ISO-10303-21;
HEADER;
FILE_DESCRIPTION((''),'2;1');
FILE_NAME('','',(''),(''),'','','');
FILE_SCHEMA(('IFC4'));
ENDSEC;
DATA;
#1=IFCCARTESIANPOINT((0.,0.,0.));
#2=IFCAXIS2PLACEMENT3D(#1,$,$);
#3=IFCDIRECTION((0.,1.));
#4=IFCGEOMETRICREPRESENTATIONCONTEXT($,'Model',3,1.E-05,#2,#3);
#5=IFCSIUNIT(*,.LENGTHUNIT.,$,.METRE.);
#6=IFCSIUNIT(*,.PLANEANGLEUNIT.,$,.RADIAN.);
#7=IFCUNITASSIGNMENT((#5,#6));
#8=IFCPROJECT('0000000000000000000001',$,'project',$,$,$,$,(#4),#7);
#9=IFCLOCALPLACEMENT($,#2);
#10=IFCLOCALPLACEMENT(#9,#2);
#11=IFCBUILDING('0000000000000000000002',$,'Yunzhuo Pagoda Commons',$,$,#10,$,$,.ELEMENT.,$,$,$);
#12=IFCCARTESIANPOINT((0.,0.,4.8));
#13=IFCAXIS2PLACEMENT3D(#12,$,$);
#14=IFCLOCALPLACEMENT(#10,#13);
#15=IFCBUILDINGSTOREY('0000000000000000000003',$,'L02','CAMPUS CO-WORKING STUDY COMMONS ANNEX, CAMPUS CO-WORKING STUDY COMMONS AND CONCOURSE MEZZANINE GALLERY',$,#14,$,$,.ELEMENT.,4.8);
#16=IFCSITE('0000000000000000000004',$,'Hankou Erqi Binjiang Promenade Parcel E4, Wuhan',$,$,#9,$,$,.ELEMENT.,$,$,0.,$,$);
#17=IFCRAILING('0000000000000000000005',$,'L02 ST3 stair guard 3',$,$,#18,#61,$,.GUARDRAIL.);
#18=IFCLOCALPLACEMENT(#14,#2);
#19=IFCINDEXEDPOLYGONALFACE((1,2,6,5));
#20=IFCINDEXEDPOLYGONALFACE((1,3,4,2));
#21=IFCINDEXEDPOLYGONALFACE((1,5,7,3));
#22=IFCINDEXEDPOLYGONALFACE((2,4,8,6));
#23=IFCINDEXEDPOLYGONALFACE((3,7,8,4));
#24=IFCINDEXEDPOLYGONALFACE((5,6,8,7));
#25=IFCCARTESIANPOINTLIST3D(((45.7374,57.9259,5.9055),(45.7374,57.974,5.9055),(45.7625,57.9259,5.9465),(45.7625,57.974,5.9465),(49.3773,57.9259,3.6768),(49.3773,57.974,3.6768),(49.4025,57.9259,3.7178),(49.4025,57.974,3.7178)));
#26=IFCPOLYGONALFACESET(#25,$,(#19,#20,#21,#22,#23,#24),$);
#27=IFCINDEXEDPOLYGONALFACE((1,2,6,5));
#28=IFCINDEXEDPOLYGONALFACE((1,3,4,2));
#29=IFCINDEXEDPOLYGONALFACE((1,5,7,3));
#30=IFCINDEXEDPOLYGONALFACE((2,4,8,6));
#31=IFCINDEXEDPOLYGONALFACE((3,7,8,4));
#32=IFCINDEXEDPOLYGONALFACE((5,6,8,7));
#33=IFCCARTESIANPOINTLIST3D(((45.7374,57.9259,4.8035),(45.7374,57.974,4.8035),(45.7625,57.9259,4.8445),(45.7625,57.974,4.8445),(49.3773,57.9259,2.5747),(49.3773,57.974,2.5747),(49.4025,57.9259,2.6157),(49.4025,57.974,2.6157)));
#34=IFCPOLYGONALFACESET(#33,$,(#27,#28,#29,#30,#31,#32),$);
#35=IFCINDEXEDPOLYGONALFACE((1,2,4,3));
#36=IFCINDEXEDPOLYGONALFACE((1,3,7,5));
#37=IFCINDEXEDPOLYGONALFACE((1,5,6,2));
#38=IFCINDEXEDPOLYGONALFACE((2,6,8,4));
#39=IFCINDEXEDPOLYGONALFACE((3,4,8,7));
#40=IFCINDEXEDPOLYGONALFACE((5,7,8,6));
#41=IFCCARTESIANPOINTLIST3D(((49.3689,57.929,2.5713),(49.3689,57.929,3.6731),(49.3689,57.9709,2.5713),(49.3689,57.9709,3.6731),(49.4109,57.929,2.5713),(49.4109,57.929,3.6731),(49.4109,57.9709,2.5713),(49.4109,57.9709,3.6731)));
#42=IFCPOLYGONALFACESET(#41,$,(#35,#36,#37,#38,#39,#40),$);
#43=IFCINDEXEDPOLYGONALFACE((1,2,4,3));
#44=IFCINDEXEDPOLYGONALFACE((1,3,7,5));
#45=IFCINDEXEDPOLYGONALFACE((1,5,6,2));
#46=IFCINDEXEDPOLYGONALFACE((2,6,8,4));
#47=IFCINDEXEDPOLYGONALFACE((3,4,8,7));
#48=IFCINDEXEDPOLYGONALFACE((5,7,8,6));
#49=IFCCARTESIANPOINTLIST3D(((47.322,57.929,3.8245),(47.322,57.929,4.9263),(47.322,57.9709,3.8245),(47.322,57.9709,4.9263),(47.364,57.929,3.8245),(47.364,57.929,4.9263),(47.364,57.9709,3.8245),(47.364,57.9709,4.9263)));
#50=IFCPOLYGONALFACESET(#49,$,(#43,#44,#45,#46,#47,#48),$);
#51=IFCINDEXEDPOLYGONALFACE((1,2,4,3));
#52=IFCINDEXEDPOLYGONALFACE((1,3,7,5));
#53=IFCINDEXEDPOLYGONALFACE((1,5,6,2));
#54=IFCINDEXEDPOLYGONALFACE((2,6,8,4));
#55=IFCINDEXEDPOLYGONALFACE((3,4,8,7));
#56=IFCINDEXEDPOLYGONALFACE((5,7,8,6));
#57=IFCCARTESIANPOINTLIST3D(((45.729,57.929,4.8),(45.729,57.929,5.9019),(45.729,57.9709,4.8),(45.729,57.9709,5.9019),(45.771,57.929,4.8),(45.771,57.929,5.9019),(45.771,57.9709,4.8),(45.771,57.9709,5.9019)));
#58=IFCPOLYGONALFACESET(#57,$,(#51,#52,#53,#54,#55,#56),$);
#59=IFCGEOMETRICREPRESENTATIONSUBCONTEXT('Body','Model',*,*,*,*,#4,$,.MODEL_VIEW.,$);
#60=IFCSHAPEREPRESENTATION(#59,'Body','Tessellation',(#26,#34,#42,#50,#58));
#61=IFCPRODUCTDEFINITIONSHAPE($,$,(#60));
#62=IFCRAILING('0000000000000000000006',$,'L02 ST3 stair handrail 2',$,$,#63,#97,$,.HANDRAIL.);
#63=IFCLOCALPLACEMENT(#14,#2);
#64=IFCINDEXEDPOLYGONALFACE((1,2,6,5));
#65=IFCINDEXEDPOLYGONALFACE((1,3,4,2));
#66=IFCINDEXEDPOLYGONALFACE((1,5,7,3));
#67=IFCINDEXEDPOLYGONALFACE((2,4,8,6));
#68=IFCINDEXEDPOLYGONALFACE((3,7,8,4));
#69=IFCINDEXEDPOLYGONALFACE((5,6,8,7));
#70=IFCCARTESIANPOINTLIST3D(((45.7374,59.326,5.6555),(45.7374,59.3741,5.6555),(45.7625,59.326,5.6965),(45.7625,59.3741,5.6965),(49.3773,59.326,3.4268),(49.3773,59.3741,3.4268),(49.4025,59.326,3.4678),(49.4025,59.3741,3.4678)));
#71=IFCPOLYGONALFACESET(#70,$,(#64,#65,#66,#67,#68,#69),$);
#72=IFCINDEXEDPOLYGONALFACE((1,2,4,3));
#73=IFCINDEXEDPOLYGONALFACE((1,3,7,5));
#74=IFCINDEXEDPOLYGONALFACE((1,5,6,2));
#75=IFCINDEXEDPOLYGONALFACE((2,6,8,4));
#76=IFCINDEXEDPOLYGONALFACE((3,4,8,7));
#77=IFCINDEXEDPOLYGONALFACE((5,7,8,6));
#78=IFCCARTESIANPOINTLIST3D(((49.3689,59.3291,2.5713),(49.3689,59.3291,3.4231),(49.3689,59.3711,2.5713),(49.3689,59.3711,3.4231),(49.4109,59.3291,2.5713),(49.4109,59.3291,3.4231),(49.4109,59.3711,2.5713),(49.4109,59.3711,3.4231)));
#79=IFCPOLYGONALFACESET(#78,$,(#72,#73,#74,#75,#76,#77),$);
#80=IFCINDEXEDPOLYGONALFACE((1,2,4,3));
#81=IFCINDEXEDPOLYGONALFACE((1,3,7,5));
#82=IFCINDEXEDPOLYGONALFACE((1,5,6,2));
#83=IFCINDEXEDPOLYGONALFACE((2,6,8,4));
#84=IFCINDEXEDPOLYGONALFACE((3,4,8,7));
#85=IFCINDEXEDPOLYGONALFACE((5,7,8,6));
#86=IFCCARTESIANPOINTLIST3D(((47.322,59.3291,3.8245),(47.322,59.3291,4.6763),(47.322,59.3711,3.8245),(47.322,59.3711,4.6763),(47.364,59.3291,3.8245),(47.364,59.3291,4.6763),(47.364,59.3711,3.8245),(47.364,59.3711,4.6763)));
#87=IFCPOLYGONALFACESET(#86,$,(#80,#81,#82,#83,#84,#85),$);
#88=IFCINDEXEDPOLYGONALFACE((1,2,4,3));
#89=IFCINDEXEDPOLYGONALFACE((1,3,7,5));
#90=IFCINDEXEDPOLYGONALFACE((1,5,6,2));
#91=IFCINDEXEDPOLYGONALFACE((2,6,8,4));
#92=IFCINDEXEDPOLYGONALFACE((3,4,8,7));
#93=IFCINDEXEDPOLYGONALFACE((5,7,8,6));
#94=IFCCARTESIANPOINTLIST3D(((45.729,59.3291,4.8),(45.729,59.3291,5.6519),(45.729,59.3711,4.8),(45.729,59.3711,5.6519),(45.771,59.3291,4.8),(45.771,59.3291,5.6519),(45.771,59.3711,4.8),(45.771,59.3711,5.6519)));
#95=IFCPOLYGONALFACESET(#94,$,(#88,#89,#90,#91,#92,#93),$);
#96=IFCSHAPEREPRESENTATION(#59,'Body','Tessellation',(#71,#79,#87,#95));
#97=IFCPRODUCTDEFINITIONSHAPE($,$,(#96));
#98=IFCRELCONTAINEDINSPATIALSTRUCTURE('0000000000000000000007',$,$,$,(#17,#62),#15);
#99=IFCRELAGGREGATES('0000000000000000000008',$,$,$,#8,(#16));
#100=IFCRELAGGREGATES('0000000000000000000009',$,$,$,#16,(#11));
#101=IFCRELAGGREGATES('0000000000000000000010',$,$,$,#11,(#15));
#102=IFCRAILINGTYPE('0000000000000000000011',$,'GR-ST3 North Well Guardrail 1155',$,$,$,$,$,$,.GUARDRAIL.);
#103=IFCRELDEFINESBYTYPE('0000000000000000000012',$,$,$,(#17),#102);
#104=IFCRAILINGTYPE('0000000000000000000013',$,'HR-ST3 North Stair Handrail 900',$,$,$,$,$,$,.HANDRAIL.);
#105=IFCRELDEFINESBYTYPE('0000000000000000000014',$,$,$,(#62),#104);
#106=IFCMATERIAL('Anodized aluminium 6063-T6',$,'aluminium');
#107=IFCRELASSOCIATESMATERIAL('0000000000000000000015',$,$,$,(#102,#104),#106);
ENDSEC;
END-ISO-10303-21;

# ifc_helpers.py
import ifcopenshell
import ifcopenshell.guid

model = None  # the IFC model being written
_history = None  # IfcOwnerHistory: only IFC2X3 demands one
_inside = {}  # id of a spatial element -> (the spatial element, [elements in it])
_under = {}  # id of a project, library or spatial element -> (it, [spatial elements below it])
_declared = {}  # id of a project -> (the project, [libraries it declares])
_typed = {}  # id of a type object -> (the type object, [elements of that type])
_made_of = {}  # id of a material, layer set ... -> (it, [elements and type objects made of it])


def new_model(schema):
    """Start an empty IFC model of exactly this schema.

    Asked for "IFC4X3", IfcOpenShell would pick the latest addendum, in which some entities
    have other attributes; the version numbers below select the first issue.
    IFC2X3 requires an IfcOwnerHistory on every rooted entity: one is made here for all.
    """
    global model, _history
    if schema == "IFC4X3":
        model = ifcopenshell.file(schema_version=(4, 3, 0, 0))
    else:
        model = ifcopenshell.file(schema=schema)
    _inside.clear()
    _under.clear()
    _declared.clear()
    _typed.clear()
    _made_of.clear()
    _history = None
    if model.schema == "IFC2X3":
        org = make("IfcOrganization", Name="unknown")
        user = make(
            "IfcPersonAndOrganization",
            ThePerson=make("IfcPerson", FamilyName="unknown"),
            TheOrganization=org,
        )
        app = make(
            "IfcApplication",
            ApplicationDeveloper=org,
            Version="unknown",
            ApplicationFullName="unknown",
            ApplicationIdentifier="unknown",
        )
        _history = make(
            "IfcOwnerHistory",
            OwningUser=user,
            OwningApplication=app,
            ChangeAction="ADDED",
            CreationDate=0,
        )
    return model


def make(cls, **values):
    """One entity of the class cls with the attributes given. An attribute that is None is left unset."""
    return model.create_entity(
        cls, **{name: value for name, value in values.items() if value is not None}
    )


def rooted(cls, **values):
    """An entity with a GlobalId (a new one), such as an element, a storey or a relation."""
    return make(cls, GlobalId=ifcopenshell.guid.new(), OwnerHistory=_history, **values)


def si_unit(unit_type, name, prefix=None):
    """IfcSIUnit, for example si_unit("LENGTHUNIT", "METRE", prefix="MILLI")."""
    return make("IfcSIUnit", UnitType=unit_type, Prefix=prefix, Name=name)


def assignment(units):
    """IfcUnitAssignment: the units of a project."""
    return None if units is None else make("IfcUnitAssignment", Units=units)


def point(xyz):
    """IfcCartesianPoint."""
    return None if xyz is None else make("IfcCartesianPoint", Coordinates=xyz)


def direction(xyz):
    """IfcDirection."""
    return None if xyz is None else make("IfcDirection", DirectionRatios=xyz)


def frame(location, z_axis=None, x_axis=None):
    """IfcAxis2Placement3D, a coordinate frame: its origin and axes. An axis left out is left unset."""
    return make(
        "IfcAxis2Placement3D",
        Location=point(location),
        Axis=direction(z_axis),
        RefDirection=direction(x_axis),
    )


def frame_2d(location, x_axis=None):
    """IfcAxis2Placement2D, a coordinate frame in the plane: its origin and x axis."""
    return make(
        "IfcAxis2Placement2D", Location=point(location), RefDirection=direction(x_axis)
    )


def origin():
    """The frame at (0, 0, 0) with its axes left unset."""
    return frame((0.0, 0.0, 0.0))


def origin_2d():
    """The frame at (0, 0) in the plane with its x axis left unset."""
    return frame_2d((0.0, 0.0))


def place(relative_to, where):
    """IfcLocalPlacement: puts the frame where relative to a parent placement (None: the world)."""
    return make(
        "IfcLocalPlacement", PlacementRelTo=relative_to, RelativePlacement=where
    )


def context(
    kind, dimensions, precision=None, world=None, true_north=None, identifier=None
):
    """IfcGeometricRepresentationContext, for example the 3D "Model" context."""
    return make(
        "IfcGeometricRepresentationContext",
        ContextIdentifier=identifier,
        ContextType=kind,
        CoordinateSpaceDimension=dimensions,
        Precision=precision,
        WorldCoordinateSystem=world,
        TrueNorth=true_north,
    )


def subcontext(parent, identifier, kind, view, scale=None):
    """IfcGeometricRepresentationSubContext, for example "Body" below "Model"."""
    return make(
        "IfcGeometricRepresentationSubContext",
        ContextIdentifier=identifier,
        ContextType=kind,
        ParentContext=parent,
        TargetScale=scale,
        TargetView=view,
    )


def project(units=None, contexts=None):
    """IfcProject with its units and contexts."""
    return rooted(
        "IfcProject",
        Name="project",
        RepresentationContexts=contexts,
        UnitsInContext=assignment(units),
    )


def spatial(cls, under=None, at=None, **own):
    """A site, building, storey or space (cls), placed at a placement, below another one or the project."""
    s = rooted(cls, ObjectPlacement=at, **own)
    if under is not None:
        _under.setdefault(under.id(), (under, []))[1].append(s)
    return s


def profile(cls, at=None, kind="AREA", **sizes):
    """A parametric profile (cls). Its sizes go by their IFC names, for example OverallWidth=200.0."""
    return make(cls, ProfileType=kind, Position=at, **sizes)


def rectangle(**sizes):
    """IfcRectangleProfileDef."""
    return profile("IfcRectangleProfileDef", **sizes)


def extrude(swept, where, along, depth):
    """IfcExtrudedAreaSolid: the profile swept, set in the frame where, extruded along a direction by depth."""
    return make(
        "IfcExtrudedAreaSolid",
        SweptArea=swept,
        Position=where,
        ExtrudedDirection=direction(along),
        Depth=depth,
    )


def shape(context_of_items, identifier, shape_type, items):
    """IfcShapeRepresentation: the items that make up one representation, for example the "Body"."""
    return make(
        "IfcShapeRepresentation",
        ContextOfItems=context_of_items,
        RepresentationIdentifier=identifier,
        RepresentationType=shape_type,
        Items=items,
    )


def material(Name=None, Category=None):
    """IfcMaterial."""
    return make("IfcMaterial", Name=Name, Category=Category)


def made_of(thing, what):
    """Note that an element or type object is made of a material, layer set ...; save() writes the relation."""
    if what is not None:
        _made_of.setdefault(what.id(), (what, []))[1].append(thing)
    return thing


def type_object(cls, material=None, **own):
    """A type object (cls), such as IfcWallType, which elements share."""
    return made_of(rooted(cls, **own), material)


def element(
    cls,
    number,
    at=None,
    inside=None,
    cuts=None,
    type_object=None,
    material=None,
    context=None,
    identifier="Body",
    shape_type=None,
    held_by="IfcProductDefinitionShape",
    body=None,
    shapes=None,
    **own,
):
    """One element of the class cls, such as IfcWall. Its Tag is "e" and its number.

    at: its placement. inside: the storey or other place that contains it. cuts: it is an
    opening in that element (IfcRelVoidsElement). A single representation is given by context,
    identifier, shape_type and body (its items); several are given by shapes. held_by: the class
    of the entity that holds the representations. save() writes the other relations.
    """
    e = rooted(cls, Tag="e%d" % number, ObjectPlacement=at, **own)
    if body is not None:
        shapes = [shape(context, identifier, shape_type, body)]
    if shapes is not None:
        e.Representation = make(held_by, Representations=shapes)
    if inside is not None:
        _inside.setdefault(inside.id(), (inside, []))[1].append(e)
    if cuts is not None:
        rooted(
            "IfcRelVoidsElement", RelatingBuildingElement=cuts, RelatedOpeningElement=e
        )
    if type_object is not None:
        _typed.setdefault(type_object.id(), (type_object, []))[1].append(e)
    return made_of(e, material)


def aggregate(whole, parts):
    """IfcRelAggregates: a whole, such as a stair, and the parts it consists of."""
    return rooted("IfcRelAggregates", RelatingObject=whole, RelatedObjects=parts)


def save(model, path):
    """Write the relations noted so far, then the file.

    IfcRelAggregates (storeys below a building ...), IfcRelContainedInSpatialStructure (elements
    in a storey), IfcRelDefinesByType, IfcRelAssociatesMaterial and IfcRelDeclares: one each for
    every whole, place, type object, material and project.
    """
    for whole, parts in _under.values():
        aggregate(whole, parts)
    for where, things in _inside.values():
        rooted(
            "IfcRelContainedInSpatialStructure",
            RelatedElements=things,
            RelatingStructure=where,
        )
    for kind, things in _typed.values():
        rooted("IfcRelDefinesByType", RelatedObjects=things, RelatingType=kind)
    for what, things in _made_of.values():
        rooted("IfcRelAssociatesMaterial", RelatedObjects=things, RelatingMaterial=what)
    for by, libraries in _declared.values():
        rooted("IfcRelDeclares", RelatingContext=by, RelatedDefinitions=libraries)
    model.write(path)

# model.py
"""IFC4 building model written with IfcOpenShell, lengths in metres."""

from ifc_helpers import new_model, si_unit, direction, frame, origin, origin_2d, place, context, subcontext, project, spatial, rectangle, extrude, material, type_object, element, save


model = new_model("IFC4")

# Units and contexts
model_context = context("Model", 3, precision=1e-05, world=origin(), true_north=direction((0.0, 1.0)))
body_context = subcontext(model_context, "Body", "Model", "MODEL_VIEW")
ifc_project = project(units=[si_unit("LENGTHUNIT", "METRE"), si_unit("PLANEANGLEUNIT", "RADIAN")], contexts=[model_context])

# Site, building, storey
site_placement = place(None, origin())
site = spatial("IfcSite", under=ifc_project, at=site_placement, Name="Hankou Erqi Binjiang Promenade Parcel E4, Wuhan", CompositionType="ELEMENT", RefElevation=0.0)
building_placement = place(site_placement, origin())
building = spatial("IfcBuilding", under=site, at=building_placement, Name="Yunzhuo Pagoda Commons", CompositionType="ELEMENT")
storey_placement = place(building_placement, frame((0.0, 0.0, 4.8)))
storey = spatial("IfcBuildingStorey", under=building, at=storey_placement, Name="L02", Description="CAMPUS CO-WORKING STUDY COMMONS ANNEX, CAMPUS CO-WORKING STUDY COMMONS AND CONCOURSE MEZZANINE GALLERY", CompositionType="ELEMENT", Elevation=4.8)

# Railings
ifc_material_1 = material(Name="Anodized aluminium 6063-T6", Category="aluminium")
railing_type_1 = type_object("IfcRailingType", Name="GR-ST3 North Well Guardrail 1155", PredefinedType="GUARDRAIL", material=ifc_material_1)
railing_1_placement = place(storey_placement, frame((49.3899, 57.95, 2.5713)))
element("IfcRailing", 1, at=railing_1_placement, inside=storey, type_object=railing_type_1, Name="L02 ST3 stair guard 3", PredefinedType="GUARDRAIL", context=body_context, shape_type="SweptSolid", body=[
    extrude(rectangle(XDim=0.0481, YDim=0.0481, at=origin_2d()), frame((0.0, 0.0, 1.126), z_axis=(-0.852825, 0.0, 0.522197), x_axis=(0.0, -1.0, 0.0)), (0.0, 0.0, 1.0), 4.2681),
    extrude(rectangle(XDim=0.0481, YDim=0.0481, at=origin_2d()), frame((0.0, 0.0, 0.0239), z_axis=(-0.852825, 0.0, 0.522197), x_axis=(0.0, -1.0, 0.0)), (0.0, 0.0, 1.0), 4.2681),
    extrude(rectangle(XDim=0.042, YDim=0.042, at=origin_2d()), origin(), (0.0, 0.0, 1.0), 1.1018),
    extrude(rectangle(XDim=0.042, YDim=0.042, at=origin_2d()), frame((-2.0469, 0.0, 1.2532)), (0.0, 0.0, 1.0), 1.1018),
    extrude(rectangle(XDim=0.042, YDim=0.042, at=origin_2d()), frame((-3.6399, 0.0, 2.2288)), (0.0, 0.0, 1.0), 1.1018),
])
railing_type_2 = type_object("IfcRailingType", Name="HR-ST3 North Stair Handrail 900", PredefinedType="HANDRAIL", material=ifc_material_1)
railing_2_placement = place(storey_placement, frame((49.3899, 59.3501, 2.5713)))
element("IfcRailing", 2, at=railing_2_placement, inside=storey, type_object=railing_type_2, Name="L02 ST3 stair handrail 2", PredefinedType="HANDRAIL", context=body_context, shape_type="SweptSolid", body=[
    extrude(rectangle(XDim=0.0481, YDim=0.0481, at=origin_2d()), frame((0.0, 0.0, 0.876), z_axis=(-0.852825, 0.0, 0.522197), x_axis=(0.0, -1.0, 0.0)), (0.0, 0.0, 1.0), 4.2681),
    extrude(rectangle(XDim=0.042, YDim=0.042, at=origin_2d()), origin(), (0.0, 0.0, 1.0), 0.8518),
    extrude(rectangle(XDim=0.042, YDim=0.042, at=origin_2d()), frame((-2.0469, 0.0, 1.2532)), (0.0, 0.0, 1.0), 0.8518),
    extrude(rectangle(XDim=0.042, YDim=0.042, at=origin_2d()), frame((-3.6399, 0.0, 2.2288)), (0.0, 0.0, 1.0), 0.8518),
])

save(model, "model.ifc")
